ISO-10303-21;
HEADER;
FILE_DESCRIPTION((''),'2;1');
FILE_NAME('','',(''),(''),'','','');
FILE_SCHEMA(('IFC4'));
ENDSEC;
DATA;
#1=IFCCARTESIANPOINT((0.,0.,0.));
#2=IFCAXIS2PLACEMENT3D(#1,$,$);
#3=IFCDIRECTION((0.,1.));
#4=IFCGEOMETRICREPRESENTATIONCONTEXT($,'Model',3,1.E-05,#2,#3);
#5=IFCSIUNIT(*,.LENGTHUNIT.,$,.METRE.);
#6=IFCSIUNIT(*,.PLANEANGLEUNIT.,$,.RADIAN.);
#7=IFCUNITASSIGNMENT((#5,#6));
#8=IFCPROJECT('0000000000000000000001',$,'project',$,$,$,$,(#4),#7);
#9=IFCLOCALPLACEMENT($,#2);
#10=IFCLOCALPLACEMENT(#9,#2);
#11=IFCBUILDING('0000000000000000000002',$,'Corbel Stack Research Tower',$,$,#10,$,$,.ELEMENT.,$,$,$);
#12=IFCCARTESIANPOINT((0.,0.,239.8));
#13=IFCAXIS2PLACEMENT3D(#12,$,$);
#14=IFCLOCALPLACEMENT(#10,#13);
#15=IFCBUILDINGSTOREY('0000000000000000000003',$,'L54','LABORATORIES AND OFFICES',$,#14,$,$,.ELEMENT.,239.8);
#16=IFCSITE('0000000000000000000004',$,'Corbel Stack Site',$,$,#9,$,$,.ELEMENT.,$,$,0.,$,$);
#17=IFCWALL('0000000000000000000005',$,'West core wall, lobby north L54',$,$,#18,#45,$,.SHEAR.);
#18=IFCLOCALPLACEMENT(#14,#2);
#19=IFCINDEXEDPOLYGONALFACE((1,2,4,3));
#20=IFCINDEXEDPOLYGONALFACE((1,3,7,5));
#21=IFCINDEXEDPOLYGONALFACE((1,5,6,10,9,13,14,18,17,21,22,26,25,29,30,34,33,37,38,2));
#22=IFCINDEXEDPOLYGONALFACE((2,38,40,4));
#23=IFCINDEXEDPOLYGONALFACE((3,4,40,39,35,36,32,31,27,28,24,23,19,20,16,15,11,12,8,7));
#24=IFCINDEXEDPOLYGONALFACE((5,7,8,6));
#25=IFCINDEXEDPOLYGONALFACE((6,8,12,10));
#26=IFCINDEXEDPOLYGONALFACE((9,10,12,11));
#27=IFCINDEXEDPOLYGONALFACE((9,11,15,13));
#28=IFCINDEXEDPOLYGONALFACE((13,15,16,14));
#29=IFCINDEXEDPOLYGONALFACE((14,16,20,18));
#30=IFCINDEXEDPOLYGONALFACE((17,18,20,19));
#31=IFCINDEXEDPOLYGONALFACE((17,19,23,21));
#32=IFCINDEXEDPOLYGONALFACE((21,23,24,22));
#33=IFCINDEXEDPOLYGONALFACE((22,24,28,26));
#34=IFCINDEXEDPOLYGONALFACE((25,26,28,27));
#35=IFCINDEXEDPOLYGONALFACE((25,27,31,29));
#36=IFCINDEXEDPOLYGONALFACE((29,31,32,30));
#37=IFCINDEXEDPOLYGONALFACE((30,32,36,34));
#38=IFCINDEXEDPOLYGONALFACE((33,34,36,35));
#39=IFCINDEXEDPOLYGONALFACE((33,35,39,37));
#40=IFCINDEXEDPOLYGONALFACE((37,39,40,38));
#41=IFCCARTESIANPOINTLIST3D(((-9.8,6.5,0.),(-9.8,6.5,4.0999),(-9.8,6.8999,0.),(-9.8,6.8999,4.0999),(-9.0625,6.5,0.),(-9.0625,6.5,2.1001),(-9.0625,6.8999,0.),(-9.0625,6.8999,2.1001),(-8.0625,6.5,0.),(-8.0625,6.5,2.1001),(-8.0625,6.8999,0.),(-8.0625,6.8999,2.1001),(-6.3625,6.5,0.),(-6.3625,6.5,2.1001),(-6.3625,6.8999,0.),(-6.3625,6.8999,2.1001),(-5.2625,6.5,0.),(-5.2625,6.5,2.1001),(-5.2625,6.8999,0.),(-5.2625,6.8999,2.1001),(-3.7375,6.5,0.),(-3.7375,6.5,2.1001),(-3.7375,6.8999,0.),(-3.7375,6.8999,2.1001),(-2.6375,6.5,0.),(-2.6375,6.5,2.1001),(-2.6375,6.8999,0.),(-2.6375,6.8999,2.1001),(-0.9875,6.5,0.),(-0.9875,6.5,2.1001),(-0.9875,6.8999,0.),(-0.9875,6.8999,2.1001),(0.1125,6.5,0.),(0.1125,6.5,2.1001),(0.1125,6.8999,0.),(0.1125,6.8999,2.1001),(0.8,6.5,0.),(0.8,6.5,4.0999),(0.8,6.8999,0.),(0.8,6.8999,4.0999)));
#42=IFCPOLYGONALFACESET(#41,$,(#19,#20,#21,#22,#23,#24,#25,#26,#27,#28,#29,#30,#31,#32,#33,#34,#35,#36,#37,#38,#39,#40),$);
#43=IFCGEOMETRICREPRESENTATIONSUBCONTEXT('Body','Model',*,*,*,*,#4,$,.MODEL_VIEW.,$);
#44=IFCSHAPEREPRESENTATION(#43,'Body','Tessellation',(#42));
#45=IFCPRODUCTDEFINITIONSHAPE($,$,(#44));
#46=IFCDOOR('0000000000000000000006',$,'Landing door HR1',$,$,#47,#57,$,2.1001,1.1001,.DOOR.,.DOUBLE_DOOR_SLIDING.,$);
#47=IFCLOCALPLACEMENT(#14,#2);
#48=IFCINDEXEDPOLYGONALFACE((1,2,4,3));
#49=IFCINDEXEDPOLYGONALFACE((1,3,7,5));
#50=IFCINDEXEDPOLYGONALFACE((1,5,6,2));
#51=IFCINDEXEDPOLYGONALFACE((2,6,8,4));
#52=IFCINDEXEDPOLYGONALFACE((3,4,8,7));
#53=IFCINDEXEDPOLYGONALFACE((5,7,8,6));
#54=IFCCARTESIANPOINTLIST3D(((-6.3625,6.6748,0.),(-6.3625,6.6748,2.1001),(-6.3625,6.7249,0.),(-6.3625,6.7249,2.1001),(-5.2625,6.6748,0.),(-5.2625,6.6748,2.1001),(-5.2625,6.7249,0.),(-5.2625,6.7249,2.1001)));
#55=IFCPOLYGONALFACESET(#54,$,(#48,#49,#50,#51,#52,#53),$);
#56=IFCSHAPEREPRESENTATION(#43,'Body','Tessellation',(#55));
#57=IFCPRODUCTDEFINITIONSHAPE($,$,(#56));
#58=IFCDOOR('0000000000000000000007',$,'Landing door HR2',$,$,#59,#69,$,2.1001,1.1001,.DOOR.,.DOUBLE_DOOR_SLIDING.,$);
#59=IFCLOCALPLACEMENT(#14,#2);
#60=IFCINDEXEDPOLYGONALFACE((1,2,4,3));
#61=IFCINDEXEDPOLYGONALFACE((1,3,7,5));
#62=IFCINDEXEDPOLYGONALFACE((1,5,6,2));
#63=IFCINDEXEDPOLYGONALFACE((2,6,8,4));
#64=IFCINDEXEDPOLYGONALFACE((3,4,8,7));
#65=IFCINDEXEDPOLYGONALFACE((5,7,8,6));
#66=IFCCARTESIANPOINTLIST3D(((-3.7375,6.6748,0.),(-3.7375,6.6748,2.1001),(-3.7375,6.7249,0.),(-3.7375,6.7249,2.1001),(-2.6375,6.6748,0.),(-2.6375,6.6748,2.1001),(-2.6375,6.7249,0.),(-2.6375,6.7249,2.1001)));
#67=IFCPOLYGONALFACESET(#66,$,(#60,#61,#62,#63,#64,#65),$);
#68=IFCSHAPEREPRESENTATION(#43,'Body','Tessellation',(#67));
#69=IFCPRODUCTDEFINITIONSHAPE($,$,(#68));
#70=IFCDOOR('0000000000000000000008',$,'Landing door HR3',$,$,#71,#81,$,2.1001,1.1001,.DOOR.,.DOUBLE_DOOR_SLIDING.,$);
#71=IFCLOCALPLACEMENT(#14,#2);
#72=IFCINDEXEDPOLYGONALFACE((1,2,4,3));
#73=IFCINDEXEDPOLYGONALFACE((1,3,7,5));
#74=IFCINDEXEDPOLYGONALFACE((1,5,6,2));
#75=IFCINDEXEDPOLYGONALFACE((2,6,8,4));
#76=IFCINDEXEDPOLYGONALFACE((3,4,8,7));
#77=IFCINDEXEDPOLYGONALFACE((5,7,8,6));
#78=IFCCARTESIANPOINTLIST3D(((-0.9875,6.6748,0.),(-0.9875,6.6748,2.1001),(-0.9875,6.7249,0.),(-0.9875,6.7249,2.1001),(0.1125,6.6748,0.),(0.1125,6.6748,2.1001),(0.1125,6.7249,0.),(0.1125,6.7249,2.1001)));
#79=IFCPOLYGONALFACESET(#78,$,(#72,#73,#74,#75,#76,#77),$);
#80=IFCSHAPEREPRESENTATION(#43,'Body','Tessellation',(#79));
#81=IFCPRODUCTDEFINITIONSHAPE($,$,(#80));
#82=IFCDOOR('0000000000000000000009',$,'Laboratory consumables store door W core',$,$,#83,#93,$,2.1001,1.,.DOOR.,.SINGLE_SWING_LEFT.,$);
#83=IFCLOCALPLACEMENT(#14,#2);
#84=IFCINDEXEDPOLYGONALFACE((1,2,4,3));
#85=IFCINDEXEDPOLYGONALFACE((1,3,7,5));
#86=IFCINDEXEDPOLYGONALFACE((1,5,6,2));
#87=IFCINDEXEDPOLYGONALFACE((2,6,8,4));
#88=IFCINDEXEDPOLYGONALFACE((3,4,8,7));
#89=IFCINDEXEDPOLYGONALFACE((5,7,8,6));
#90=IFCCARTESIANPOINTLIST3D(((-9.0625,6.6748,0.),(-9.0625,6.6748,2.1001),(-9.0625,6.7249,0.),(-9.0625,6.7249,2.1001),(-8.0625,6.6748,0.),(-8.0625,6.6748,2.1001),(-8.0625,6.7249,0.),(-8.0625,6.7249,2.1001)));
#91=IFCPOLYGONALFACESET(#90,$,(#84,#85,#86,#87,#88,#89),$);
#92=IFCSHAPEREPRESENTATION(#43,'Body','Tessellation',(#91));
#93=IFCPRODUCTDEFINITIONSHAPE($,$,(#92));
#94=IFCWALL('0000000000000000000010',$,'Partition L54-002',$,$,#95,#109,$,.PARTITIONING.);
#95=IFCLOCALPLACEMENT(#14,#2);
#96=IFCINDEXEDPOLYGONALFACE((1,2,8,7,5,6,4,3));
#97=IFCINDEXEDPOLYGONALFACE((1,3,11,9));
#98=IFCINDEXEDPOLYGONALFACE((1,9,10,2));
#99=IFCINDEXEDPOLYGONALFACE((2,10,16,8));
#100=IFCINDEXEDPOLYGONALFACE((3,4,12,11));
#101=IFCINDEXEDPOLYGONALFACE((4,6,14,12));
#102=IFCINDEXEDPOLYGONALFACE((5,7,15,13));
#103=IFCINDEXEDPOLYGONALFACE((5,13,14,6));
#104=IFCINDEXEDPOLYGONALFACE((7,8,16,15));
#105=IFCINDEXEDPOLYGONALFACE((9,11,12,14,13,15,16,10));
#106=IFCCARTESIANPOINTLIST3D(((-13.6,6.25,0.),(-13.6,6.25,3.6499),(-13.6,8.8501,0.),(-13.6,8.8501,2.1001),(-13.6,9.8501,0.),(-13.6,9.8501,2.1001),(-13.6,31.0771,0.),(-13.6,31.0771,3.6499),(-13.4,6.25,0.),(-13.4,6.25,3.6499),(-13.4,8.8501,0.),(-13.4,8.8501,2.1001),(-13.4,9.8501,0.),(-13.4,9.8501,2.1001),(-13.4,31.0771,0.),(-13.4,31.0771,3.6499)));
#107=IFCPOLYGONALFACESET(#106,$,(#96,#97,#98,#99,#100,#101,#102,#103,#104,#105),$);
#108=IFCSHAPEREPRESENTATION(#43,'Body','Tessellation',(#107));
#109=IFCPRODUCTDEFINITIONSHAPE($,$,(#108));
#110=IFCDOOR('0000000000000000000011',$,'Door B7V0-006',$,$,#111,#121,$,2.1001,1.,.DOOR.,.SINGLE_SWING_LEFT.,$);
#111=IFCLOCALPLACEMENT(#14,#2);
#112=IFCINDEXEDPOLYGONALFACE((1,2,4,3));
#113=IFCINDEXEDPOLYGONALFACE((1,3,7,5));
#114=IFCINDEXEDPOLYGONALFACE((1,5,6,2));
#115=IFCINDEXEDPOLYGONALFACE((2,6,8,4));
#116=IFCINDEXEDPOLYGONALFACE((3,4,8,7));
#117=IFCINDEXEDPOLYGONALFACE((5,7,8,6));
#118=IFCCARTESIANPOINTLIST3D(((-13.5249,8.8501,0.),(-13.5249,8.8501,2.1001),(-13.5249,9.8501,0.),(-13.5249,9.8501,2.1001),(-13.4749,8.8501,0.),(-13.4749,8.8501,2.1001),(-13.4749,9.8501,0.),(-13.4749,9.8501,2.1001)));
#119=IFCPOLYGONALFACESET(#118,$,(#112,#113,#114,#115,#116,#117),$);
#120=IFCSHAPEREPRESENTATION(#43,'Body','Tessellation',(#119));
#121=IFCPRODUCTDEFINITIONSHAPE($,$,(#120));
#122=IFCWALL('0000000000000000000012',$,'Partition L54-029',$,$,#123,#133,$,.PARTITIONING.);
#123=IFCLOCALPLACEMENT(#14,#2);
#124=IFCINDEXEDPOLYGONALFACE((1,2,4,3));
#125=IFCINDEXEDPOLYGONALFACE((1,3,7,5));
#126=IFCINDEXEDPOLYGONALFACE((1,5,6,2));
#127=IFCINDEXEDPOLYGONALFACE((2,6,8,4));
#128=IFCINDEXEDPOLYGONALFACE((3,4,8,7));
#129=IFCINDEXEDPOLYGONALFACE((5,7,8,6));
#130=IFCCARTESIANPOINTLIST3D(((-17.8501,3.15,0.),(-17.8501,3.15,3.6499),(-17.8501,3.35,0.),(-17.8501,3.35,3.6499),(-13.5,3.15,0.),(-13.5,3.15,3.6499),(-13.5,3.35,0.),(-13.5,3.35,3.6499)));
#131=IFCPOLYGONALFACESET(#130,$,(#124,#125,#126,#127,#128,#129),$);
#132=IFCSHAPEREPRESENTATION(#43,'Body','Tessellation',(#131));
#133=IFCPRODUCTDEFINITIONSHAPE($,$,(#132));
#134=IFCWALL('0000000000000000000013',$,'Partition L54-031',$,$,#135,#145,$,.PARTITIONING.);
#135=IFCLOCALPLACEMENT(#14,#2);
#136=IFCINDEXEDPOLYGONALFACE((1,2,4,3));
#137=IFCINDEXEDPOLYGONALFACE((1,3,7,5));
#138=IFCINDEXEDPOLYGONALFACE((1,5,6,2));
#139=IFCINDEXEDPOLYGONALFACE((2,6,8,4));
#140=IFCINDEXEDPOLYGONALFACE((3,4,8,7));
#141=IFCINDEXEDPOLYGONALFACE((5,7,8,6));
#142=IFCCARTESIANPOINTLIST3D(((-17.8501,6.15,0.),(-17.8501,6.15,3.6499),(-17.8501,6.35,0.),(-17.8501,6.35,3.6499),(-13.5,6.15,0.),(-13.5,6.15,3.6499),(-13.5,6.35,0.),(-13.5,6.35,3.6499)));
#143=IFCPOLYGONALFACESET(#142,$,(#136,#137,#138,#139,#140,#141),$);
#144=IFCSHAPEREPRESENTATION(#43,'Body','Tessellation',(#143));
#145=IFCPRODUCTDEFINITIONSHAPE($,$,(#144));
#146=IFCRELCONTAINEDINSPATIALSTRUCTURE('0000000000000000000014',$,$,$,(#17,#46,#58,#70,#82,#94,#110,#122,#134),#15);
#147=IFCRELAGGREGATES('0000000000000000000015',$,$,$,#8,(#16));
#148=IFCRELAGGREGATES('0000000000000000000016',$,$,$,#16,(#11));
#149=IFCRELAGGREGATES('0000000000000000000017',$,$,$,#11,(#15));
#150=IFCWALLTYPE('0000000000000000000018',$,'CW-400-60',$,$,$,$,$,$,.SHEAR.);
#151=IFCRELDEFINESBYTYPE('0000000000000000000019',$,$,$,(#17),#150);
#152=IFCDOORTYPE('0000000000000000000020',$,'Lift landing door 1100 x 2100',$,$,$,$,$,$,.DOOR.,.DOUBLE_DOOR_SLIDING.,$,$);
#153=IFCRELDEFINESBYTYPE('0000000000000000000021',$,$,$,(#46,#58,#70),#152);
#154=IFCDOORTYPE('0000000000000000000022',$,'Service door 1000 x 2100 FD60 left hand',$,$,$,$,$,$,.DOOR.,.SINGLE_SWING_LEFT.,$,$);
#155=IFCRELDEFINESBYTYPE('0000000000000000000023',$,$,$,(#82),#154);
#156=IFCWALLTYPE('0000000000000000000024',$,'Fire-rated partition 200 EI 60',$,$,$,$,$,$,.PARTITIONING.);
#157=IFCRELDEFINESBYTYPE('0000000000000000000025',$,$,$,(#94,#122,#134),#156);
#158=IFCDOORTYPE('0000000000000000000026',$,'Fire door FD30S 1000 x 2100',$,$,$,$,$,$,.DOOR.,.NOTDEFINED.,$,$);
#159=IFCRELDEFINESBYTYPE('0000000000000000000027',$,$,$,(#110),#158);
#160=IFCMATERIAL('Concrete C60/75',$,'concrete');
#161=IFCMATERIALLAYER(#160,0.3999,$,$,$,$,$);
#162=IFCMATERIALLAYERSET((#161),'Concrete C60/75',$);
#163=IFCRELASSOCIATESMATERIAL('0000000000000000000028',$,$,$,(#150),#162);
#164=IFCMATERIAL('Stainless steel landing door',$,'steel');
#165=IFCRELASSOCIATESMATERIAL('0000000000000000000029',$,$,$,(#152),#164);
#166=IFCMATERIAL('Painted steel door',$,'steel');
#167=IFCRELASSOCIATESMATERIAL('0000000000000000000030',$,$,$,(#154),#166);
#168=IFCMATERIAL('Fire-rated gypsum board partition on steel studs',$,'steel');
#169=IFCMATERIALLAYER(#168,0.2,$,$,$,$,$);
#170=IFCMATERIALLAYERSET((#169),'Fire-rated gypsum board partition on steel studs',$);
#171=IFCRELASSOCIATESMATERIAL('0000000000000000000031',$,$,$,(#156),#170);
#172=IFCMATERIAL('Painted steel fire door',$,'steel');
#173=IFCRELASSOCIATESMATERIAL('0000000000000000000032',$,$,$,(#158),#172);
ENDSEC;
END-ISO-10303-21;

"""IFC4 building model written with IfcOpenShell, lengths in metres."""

from ifc_helpers import new_model, si_unit, direction, frame, frame_2d, origin, place, context, subcontext, project, spatial, rectangle, extrude, material, layer, layer_set, type_object, element, fill, save


model = new_model("IFC4")

# Units and contexts
model_context = context("Model", 3, precision=1e-05, world=origin(), true_north=direction((0.0, 1.0)))
body_context = subcontext(model_context, "Body", "Model", "MODEL_VIEW")
ifc_project = project(units=[si_unit("LENGTHUNIT", "METRE"), si_unit("PLANEANGLEUNIT", "RADIAN")], contexts=[model_context])

# Site, building, storey
site_placement = place(None, origin())
site = spatial("IfcSite", under=ifc_project, at=site_placement, Name="Corbel Stack Site", CompositionType="ELEMENT", RefElevation=0.0)
building_placement = place(site_placement, origin())
building = spatial("IfcBuilding", under=site, at=building_placement, Name="Corbel Stack Research Tower", CompositionType="ELEMENT")
storey_placement = place(building_placement, frame((0.0, 0.0, 239.8)))
storey = spatial("IfcBuildingStorey", under=building, at=storey_placement, Name="L54", Description="LABORATORIES AND OFFICES", CompositionType="ELEMENT", Elevation=239.8)

# Wall, openings, doors
ifc_material_1 = material(Name="Concrete C60/75", Category="concrete")
ifc_layer_1 = layer(ifc_material_1, 0.3999)
ifc_layer_set_1 = layer_set([ifc_layer_1], Name="Concrete C60/75")
wall_type_1 = type_object("IfcWallType", Name="CW-400-60", PredefinedType="SHEAR", material=ifc_layer_set_1)
ifc_material_2 = material(Name="Stainless steel landing door", Category="steel")
door_type_1 = type_object("IfcDoorType", Name="Lift landing door 1100 x 2100", OperationType="DOUBLE_DOOR_SLIDING", PredefinedType="DOOR", material=ifc_material_2)
ifc_material_3 = material(Name="Painted steel door", Category="steel")
door_type_2 = type_object("IfcDoorType", Name="Service door 1000 x 2100 FD60 left hand", OperationType="SINGLE_SWING_LEFT", PredefinedType="DOOR", material=ifc_material_3)
wall_1_placement = place(storey_placement, frame((-9.8, 6.7, 0.0), z_axis=(0.0, 0.0, 1.0), x_axis=(1.0, 0.0, 0.0)))
wall_1 = element("IfcWall", 1, at=wall_1_placement, inside=storey, type_object=wall_type_1, Name="West core wall, lobby north L54", PredefinedType="SHEAR", context=body_context, shape_type="SweptSolid", body=[
    extrude(rectangle(XDim=10.6001, YDim=0.3999, at=frame_2d((5.3, 0.0))), origin(), (0.0, 0.0, 1.0), 4.0999),
])
opening_1_placement = place(wall_1_placement, frame((3.4375, 0.0, 0.0)))
opening_1 = element("IfcOpeningElement", 2, at=opening_1_placement, cuts=wall_1, PredefinedType="OPENING", context=body_context, shape_type="SweptSolid", body=[
    extrude(rectangle(XDim=1.1001, YDim=2.1001, at=frame_2d((0.55, 1.05))), frame((0.0, 0.21, 0.0), z_axis=(0.0, -1.0, 0.0), x_axis=(1.0, 0.0, 0.0)), (0.0, 0.0, 1.0), 0.4199),
])
opening_2_placement = place(wall_1_placement, frame((6.0625, 0.0, 0.0)))
opening_2 = element("IfcOpeningElement", 3, at=opening_2_placement, cuts=wall_1, PredefinedType="OPENING", context=body_context, shape_type="SweptSolid", body=[
    extrude(rectangle(XDim=1.1001, YDim=2.1001, at=frame_2d((0.55, 1.05))), frame((0.0, 0.21, 0.0), z_axis=(0.0, -1.0, 0.0), x_axis=(1.0, 0.0, 0.0)), (0.0, 0.0, 1.0), 0.4199),
])
opening_3_placement = place(wall_1_placement, frame((8.8125, 0.0, 0.0)))
opening_3 = element("IfcOpeningElement", 4, at=opening_3_placement, cuts=wall_1, PredefinedType="OPENING", context=body_context, shape_type="SweptSolid", body=[
    extrude(rectangle(XDim=1.1001, YDim=2.1001, at=frame_2d((0.55, 1.05))), frame((0.0, 0.21, 0.0), z_axis=(0.0, -1.0, 0.0), x_axis=(1.0, 0.0, 0.0)), (0.0, 0.0, 1.0), 0.4199),
])
opening_4_placement = place(wall_1_placement, frame((0.7375, 0.0, 0.0)))
opening_4 = element("IfcOpeningElement", 5, at=opening_4_placement, cuts=wall_1, PredefinedType="OPENING", context=body_context, shape_type="SweptSolid", body=[
    extrude(rectangle(XDim=1.0, YDim=2.1001, at=frame_2d((0.5, 1.05))), frame((0.0, 0.21, 0.0), z_axis=(0.0, -1.0, 0.0), x_axis=(1.0, 0.0, 0.0)), (0.0, 0.0, 1.0), 0.4199),
])
door_1_placement = place(opening_1_placement, origin())
door_1 = element("IfcDoor", 6, at=door_1_placement, inside=storey, type_object=door_type_1, Name="Landing door HR1", OperationType="DOUBLE_DOOR_SLIDING", OverallHeight=2.1001, OverallWidth=1.1001, PredefinedType="DOOR", context=body_context, shape_type="SweptSolid", body=[
    extrude(rectangle(XDim=1.1001, YDim=2.1001, at=frame_2d((0.55, 1.05))), frame((0.0, 0.0249, 0.0), z_axis=(0.0, -1.0, 0.0), x_axis=(1.0, 0.0, 0.0)), (0.0, 0.0, 1.0), 0.05),
])
fill(opening_1, door_1)
door_2_placement = place(opening_2_placement, origin())
door_2 = element("IfcDoor", 7, at=door_2_placement, inside=storey, type_object=door_type_1, Name="Landing door HR2", OperationType="DOUBLE_DOOR_SLIDING", OverallHeight=2.1001, OverallWidth=1.1001, PredefinedType="DOOR", context=body_context, shape_type="SweptSolid", body=[
    extrude(rectangle(XDim=1.1001, YDim=2.1001, at=frame_2d((0.55, 1.05))), frame((0.0, 0.0249, 0.0), z_axis=(0.0, -1.0, 0.0), x_axis=(1.0, 0.0, 0.0)), (0.0, 0.0, 1.0), 0.05),
])
fill(opening_2, door_2)
door_3_placement = place(opening_3_placement, origin())
door_3 = element("IfcDoor", 8, at=door_3_placement, inside=storey, type_object=door_type_1, Name="Landing door HR3", OperationType="DOUBLE_DOOR_SLIDING", OverallHeight=2.1001, OverallWidth=1.1001, PredefinedType="DOOR", context=body_context, shape_type="SweptSolid", body=[
    extrude(rectangle(XDim=1.1001, YDim=2.1001, at=frame_2d((0.55, 1.05))), frame((0.0, 0.0249, 0.0), z_axis=(0.0, -1.0, 0.0), x_axis=(1.0, 0.0, 0.0)), (0.0, 0.0, 1.0), 0.05),
])
fill(opening_3, door_3)
door_4_placement = place(opening_4_placement, origin())
door_4 = element("IfcDoor", 9, at=door_4_placement, inside=storey, type_object=door_type_2, Name="Laboratory consumables store door W core", OperationType="SINGLE_SWING_LEFT", OverallHeight=2.1001, OverallWidth=1.0, PredefinedType="DOOR", context=body_context, shape_type="SweptSolid", body=[
    extrude(rectangle(XDim=1.0, YDim=2.1001, at=frame_2d((0.5, 1.05))), frame((0.0, 0.0249, 0.0), z_axis=(0.0, -1.0, 0.0), x_axis=(1.0, 0.0, 0.0)), (0.0, 0.0, 1.0), 0.05),
])
fill(opening_4, door_4)

# Wall, opening, door
ifc_material_4 = material(Name="Fire-rated gypsum board partition on steel studs", Category="steel")
ifc_layer_2 = layer(ifc_material_4, 0.2)
ifc_layer_set_2 = layer_set([ifc_layer_2], Name="Fire-rated gypsum board partition on steel studs")
wall_type_2 = type_object("IfcWallType", Name="Fire-rated partition 200 EI 60", PredefinedType="PARTITIONING", material=ifc_layer_set_2)
wall_2_placement = place(storey_placement, frame((-13.5, 6.25, 0.0), z_axis=(0.0, 0.0, 1.0), x_axis=(0.0, 1.0, 0.0)))
wall_2 = element("IfcWall", 10, at=wall_2_placement, inside=storey, type_object=wall_type_2, Name="Partition L54-002", PredefinedType="PARTITIONING", context=body_context, shape_type="SweptSolid", body=[
    extrude(rectangle(XDim=24.8271, YDim=0.2, at=frame_2d((12.4136, 0.0))), origin(), (0.0, 0.0, 1.0), 3.6499),
])
opening_5_placement = place(wall_2_placement, frame((2.6001, 0.0, 0.0)))
opening_5 = element("IfcOpeningElement", 11, at=opening_5_placement, cuts=wall_2, PredefinedType="OPENING", context=body_context, shape_type="SweptSolid", body=[
    extrude(rectangle(XDim=1.0, YDim=2.1001, at=frame_2d((0.5, 1.05))), frame((0.0, 0.1099, 0.0), z_axis=(0.0, -1.0, 0.0), x_axis=(1.0, 0.0, 0.0)), (0.0, 0.0, 1.0), 0.22),
])
ifc_material_5 = material(Name="Painted steel fire door", Category="steel")
door_type_3 = type_object("IfcDoorType", Name="Fire door FD30S 1000 x 2100", OperationType="NOTDEFINED", PredefinedType="DOOR", material=ifc_material_5)
door_5_placement = place(opening_5_placement, origin())
door_5 = element("IfcDoor", 12, at=door_5_placement, inside=storey, type_object=door_type_3, Name="Door B7V0-006", OperationType="SINGLE_SWING_LEFT", OverallHeight=2.1001, OverallWidth=1.0, PredefinedType="DOOR", context=body_context, shape_type="SweptSolid", body=[
    extrude(rectangle(XDim=1.0, YDim=2.1001, at=frame_2d((0.5, 1.05))), frame((0.0, 0.0249, 0.0), z_axis=(0.0, -1.0, 0.0), x_axis=(1.0, 0.0, 0.0)), (0.0, 0.0, 1.0), 0.05),
])
fill(opening_5, door_5)

# Walls
for number, where, z_axis, x_axis, name in (
    (13, (-17.8501, 3.25, 0.0), (0.0, 0.0, 1.0), (1.0, 0.0, 0.0), "Partition L54-029"),
    (14, (-17.8501, 6.25, 0.0), (0.0, 0.0, 1.0), (1.0, 0.0, 0.0), "Partition L54-031"),
):
    element("IfcWall", number, at=place(storey_placement, frame(where, z_axis=z_axis, x_axis=x_axis)), inside=storey, type_object=wall_type_2, Name=name, PredefinedType="PARTITIONING", context=body_context, shape_type="SweptSolid", body=[
        extrude(rectangle(XDim=4.3501, YDim=0.2, at=frame_2d((2.175, 0.0))), origin(), (0.0, 0.0, 1.0), 3.6499),
    ])

save(model, "model.ifc")
